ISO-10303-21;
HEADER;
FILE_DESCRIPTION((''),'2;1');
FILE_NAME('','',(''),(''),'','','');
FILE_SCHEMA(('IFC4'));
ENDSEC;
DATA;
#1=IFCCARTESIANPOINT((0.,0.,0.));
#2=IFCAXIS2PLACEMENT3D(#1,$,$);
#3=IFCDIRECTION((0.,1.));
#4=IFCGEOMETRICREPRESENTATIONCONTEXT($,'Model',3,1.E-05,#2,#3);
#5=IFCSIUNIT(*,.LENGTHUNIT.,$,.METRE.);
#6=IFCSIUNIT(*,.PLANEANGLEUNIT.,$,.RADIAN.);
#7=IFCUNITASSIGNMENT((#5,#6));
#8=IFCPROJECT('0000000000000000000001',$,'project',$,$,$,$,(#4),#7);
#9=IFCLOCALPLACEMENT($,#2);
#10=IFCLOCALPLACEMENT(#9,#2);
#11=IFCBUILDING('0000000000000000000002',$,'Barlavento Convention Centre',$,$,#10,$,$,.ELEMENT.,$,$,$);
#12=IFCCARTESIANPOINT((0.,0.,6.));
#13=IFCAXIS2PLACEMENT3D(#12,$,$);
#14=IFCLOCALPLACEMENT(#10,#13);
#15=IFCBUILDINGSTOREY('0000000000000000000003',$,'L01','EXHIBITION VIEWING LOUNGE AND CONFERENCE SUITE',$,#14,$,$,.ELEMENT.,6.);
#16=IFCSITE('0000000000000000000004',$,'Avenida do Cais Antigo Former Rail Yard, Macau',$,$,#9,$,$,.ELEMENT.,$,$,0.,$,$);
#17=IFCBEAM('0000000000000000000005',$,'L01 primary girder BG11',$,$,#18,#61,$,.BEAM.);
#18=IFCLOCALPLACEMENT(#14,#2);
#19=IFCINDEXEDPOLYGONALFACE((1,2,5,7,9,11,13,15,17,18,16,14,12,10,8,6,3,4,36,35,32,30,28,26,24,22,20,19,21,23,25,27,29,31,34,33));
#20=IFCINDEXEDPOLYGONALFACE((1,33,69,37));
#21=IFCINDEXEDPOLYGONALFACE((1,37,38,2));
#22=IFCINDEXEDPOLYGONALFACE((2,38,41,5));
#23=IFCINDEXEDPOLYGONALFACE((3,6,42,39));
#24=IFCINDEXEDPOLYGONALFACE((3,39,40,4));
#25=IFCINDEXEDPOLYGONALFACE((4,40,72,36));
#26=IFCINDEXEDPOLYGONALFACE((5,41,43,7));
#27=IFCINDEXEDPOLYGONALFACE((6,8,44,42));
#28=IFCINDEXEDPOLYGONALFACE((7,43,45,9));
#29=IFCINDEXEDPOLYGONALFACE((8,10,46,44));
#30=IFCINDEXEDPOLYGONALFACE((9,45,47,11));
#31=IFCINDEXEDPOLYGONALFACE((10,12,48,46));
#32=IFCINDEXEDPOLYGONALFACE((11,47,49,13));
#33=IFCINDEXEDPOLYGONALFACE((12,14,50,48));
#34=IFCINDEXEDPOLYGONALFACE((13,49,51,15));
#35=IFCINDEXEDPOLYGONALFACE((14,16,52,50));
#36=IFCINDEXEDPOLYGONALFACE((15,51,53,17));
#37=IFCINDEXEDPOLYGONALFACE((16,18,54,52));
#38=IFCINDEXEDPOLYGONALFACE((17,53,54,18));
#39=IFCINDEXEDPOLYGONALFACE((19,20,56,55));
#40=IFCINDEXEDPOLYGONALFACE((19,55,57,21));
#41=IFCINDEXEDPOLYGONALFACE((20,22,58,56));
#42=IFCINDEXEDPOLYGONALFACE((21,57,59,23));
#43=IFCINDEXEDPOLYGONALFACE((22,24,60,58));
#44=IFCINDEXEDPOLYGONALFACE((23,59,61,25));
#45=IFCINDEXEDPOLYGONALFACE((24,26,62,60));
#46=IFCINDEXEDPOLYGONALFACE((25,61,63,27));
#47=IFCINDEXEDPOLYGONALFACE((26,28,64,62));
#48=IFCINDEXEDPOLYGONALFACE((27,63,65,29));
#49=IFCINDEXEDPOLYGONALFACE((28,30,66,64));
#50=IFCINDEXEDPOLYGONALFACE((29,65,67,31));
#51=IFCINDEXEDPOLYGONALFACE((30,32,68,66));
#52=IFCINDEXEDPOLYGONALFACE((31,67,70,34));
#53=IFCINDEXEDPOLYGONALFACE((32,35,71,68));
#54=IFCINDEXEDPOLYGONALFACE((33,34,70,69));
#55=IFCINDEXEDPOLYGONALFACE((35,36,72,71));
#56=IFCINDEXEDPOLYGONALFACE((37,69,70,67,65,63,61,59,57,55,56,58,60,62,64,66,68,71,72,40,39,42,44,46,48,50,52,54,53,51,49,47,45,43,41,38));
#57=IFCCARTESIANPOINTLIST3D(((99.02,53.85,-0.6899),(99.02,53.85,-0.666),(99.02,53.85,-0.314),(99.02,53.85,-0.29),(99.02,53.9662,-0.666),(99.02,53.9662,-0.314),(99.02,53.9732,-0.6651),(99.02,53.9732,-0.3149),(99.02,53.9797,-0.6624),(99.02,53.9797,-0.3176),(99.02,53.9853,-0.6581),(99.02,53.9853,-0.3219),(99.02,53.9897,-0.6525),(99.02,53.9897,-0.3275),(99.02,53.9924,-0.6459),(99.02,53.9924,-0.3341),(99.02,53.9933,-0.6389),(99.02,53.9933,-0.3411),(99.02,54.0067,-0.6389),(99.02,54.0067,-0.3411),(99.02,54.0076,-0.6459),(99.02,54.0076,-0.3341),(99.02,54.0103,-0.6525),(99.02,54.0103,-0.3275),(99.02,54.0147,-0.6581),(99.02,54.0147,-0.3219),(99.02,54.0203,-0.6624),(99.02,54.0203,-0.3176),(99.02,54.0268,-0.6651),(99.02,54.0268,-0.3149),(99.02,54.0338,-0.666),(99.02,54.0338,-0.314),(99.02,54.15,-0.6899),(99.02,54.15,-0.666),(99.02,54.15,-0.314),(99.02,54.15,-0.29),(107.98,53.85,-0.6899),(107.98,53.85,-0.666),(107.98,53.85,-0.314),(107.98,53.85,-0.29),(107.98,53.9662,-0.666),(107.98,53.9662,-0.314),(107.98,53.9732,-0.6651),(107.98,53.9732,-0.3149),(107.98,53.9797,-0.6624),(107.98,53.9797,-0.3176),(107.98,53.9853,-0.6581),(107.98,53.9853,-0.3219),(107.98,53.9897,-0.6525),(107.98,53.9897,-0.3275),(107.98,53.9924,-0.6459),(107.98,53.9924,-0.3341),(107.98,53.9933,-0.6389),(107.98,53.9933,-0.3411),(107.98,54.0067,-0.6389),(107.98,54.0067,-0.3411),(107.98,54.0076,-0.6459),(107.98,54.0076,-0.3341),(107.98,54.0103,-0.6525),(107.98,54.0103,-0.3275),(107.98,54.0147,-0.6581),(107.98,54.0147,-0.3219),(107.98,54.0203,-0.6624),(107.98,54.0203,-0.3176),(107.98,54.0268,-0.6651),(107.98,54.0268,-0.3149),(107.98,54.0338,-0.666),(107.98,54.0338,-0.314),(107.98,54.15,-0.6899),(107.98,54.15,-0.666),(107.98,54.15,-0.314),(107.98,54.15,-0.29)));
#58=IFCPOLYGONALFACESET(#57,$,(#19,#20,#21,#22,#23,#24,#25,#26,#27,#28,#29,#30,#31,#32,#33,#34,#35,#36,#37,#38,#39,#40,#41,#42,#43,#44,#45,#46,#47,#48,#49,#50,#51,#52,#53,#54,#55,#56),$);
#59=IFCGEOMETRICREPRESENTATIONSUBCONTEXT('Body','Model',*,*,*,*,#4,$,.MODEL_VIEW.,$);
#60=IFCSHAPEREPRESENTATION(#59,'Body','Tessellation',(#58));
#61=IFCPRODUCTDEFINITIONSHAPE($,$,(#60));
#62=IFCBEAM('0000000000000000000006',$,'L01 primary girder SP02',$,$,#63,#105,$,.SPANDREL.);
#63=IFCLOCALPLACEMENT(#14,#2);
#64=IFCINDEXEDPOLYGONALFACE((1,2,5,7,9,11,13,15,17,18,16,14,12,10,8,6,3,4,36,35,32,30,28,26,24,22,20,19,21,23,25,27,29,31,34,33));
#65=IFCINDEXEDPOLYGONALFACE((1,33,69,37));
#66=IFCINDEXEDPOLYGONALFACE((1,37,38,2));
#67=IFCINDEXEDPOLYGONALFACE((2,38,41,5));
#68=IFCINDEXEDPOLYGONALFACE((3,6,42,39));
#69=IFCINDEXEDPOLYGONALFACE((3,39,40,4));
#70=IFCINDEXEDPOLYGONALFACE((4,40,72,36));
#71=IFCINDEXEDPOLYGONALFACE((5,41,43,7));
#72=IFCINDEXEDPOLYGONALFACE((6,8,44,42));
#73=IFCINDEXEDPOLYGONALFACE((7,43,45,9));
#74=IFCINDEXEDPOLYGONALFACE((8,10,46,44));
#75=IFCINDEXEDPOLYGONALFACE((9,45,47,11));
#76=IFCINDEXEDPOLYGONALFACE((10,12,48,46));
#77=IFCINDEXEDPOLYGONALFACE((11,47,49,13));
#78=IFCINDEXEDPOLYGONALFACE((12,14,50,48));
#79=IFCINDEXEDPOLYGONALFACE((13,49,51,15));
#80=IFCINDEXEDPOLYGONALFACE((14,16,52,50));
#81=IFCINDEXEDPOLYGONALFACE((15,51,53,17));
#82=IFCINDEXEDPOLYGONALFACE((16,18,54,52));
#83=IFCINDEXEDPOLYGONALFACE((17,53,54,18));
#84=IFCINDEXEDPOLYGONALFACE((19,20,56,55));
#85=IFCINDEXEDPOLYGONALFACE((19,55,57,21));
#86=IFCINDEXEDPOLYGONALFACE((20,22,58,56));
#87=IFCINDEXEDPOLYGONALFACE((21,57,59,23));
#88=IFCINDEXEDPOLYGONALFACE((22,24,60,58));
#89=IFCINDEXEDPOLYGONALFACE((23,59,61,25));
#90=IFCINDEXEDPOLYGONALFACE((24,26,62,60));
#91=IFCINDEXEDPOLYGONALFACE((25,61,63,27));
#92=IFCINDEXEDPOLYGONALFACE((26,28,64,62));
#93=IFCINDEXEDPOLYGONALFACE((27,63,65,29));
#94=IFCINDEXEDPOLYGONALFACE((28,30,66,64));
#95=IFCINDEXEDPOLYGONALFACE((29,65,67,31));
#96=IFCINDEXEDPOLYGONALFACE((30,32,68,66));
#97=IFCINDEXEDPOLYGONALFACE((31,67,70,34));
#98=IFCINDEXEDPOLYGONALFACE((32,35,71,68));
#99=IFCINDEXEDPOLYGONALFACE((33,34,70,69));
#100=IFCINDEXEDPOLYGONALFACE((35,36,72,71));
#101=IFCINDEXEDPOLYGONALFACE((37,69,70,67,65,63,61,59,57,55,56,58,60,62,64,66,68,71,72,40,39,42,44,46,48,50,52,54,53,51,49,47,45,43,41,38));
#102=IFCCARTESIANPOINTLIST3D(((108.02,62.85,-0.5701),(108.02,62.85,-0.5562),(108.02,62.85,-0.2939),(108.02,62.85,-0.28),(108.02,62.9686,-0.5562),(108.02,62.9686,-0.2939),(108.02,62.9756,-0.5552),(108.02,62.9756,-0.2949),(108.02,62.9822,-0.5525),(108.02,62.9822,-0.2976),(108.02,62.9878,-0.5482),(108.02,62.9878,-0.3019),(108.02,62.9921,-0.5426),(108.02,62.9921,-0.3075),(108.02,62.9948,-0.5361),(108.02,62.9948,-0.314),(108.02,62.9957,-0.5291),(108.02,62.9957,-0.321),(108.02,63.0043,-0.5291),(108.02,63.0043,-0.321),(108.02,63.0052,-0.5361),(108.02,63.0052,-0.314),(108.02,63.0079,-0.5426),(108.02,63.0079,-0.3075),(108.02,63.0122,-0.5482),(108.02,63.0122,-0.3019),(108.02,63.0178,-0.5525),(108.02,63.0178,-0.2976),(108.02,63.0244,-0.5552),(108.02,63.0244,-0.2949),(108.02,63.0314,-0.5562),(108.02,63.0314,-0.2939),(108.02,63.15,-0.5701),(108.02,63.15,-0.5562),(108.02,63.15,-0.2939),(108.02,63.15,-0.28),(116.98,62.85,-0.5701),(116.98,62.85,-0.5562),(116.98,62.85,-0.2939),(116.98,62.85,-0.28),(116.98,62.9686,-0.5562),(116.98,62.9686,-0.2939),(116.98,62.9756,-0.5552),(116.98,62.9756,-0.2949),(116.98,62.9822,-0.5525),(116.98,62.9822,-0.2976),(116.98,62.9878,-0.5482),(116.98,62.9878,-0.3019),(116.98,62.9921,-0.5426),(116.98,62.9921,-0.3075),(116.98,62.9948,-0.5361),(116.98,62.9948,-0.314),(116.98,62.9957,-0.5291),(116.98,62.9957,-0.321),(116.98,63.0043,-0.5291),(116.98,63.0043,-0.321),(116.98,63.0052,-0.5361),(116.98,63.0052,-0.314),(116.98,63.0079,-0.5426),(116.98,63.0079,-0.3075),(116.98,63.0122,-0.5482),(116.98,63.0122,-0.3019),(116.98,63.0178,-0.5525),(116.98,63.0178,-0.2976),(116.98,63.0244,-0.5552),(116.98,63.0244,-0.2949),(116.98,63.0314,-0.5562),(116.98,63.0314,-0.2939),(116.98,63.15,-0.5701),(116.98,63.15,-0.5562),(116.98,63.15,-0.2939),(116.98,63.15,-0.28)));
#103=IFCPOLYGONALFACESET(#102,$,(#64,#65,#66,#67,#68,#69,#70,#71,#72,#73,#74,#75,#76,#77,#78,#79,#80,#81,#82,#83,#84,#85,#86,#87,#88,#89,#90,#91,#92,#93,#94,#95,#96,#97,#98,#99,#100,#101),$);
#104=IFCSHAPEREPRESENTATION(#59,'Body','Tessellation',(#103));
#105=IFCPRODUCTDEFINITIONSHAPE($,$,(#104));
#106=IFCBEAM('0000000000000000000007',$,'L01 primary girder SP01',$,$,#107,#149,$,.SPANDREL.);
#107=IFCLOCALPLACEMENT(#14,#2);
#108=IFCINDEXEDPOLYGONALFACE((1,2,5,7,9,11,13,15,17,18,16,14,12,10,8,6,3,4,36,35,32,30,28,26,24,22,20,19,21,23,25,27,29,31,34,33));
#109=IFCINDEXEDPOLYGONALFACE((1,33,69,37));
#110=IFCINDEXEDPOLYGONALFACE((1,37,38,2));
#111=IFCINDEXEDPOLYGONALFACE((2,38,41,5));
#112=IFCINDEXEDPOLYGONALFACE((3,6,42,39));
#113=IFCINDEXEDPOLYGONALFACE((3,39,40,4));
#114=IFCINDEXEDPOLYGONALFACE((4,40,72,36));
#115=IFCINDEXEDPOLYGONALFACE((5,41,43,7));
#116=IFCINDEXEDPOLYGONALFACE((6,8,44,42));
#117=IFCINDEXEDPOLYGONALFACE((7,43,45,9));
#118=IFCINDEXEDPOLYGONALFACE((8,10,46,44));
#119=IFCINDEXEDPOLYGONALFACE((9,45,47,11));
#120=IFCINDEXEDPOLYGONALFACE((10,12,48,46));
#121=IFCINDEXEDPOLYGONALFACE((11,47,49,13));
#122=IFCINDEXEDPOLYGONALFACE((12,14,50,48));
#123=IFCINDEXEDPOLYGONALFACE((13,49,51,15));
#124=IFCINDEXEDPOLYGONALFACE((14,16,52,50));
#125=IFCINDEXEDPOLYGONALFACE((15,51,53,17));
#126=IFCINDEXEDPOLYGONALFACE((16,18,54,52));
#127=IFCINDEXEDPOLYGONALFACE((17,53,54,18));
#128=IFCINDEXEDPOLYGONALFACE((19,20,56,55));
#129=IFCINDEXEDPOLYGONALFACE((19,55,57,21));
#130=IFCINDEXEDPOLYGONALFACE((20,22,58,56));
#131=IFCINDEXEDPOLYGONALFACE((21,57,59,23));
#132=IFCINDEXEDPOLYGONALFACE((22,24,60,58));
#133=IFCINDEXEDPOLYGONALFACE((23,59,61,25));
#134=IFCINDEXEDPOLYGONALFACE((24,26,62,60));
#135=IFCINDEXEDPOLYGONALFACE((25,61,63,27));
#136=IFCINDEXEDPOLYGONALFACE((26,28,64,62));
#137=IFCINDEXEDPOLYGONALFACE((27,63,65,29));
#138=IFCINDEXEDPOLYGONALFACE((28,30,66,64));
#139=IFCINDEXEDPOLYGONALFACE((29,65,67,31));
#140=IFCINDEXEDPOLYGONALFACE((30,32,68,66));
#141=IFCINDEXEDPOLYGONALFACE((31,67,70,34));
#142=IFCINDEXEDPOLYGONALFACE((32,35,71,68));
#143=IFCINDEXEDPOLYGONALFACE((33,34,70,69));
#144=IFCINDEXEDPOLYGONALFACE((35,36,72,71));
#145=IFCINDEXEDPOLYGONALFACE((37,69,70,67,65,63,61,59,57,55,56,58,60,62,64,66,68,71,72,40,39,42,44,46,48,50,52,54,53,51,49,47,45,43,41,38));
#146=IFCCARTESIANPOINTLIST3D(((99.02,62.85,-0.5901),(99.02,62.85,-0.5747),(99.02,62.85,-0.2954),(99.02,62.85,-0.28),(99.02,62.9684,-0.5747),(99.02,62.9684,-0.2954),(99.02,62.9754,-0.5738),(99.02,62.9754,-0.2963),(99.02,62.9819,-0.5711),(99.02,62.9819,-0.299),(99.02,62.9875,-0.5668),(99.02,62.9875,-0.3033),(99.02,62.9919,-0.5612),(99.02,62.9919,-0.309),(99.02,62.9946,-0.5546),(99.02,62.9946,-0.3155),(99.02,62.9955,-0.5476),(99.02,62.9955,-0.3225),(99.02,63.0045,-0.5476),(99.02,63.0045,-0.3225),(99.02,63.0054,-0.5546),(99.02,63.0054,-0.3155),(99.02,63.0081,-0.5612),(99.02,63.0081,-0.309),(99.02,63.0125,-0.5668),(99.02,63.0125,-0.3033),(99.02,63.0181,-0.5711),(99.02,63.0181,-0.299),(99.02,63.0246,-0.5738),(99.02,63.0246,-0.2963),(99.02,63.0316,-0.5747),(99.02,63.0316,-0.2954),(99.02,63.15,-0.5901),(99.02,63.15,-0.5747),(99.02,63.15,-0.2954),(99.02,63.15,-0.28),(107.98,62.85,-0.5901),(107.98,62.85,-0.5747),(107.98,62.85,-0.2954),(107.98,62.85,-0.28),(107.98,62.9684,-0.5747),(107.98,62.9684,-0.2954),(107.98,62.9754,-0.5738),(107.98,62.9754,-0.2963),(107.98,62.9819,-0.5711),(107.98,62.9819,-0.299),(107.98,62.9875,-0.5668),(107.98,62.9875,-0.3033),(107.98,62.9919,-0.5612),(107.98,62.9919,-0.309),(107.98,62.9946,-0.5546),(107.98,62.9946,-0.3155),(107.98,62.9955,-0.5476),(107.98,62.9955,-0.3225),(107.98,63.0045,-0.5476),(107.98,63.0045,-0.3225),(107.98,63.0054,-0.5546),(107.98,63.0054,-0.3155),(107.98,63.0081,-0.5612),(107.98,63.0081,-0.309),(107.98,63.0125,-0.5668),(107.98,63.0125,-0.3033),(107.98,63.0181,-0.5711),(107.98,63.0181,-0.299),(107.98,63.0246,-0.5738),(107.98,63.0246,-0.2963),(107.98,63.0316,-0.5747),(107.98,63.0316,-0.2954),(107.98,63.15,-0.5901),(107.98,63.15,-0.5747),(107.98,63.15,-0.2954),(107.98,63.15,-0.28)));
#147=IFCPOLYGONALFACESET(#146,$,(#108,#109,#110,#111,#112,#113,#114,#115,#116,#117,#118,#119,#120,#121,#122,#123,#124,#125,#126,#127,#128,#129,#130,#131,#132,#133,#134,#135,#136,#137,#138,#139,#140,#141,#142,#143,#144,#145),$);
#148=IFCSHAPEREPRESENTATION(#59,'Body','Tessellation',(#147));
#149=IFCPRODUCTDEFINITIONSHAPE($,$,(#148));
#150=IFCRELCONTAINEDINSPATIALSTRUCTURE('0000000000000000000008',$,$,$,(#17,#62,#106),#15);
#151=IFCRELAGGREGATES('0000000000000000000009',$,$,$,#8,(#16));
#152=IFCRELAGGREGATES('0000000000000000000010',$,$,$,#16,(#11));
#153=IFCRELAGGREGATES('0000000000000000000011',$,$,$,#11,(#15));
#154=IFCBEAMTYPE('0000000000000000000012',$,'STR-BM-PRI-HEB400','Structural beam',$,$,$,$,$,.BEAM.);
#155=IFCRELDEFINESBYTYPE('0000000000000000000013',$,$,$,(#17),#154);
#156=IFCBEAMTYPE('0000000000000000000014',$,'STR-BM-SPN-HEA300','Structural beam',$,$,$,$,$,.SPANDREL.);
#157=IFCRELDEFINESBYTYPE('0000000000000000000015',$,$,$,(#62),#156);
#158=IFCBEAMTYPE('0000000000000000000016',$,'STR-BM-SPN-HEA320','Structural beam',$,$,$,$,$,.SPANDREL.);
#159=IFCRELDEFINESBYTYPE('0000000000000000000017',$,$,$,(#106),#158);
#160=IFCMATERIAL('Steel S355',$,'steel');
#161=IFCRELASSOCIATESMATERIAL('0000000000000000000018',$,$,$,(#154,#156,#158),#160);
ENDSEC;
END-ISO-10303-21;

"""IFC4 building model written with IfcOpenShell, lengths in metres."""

from ifc_helpers import new_model, si_unit, direction, frame, origin, origin_2d, place, context, subcontext, project, spatial, i_section, extrude, material, material_profile, profile_set, type_object, element, save


model = new_model("IFC4")

# Units and contexts
model_context = context("Model", 3, precision=1e-05, world=origin(), true_north=direction((0.0, 1.0)))
body_context = subcontext(model_context, "Body", "Model", "MODEL_VIEW")
ifc_project = project(units=[si_unit("LENGTHUNIT", "METRE"), si_unit("PLANEANGLEUNIT", "RADIAN")], contexts=[model_context])

# Site, building, storey
site_placement = place(None, origin())
site = spatial("IfcSite", under=ifc_project, at=site_placement, Name="Avenida do Cais Antigo Former Rail Yard, Macau", CompositionType="ELEMENT", RefElevation=0.0)
building_placement = place(site_placement, origin())
building = spatial("IfcBuilding", under=site, at=building_placement, Name="Barlavento Convention Centre", CompositionType="ELEMENT")
storey_placement = place(building_placement, frame((0.0, 0.0, 6.0)))
storey = spatial("IfcBuildingStorey", under=building, at=storey_placement, Name="L01", Description="EXHIBITION VIEWING LOUNGE AND CONFERENCE SUITE", CompositionType="ELEMENT", Elevation=6.0)

# Shared definitions
ifc_material_1 = material(Name="Steel S355", Category="steel")

# Beams
ifc_material_profile_1 = material_profile(ifc_material_1, i_section(OverallWidth=0.3, OverallDepth=0.3999, WebThickness=0.0134, FlangeThickness=0.0239, FilletRadius=0.0271, at=origin_2d()), Name="HEB 400")
ifc_profile_set_1 = profile_set([ifc_material_profile_1], Name="Steel S355")
beam_type_1 = type_object("IfcBeamType", Name="STR-BM-PRI-HEB400", Description="Structural beam", PredefinedType="BEAM", material=ifc_profile_set_1)
beam_1_placement = place(storey_placement, frame((99.02, 54.0, -0.49), z_axis=(1.0, 0.0, 0.0), x_axis=(0.0, 1.0, 0.0)))
element("IfcBeam", 1, at=beam_1_placement, inside=storey, type_object=beam_type_1, Name="L01 primary girder BG11", PredefinedType="BEAM", context=body_context, shape_type="SweptSolid", body=[
    extrude(i_section(OverallWidth=0.3, OverallDepth=0.3999, WebThickness=0.0134, FlangeThickness=0.0239, FilletRadius=0.0271, at=origin_2d()), origin(), (0.0, 0.0, 1.0), 8.96),
])
ifc_material_profile_2 = material_profile(ifc_material_1, i_section(OverallWidth=0.3, OverallDepth=0.29, WebThickness=0.0085, FlangeThickness=0.0139, FilletRadius=0.0271, at=origin_2d()), Name="HEA 300")
ifc_profile_set_2 = profile_set([ifc_material_profile_2], Name="Steel S355")
beam_type_2 = type_object("IfcBeamType", Name="STR-BM-SPN-HEA300", Description="Structural beam", PredefinedType="SPANDREL", material=ifc_profile_set_2)
beam_2_placement = place(storey_placement, frame((108.02, 63.0, -0.425), z_axis=(1.0, 0.0, 0.0), x_axis=(0.0, 1.0, 0.0)))
element("IfcBeam", 2, at=beam_2_placement, inside=storey, type_object=beam_type_2, Name="L01 primary girder SP02", PredefinedType="SPANDREL", context=body_context, shape_type="SweptSolid", body=[
    extrude(i_section(OverallWidth=0.3, OverallDepth=0.29, WebThickness=0.0085, FlangeThickness=0.0139, FilletRadius=0.0271, at=origin_2d()), origin(), (0.0, 0.0, 1.0), 8.96),
])
ifc_material_profile_3 = material_profile(ifc_material_1, i_section(OverallWidth=0.3, OverallDepth=0.3101, WebThickness=0.009, FlangeThickness=0.0154, FilletRadius=0.0271, at=origin_2d()), Name="HEA 320")
ifc_profile_set_3 = profile_set([ifc_material_profile_3], Name="Steel S355")
beam_type_3 = type_object("IfcBeamType", Name="STR-BM-SPN-HEA320", Description="Structural beam", PredefinedType="SPANDREL", material=ifc_profile_set_3)
beam_3_placement = place(storey_placement, frame((99.02, 63.0, -0.4351), z_axis=(1.0, 0.0, 0.0), x_axis=(0.0, 1.0, 0.0)))
element("IfcBeam", 3, at=beam_3_placement, inside=storey, type_object=beam_type_3, Name="L01 primary girder SP01", PredefinedType="SPANDREL", context=body_context, shape_type="SweptSolid", body=[
    extrude(i_section(OverallWidth=0.3, OverallDepth=0.3101, WebThickness=0.009, FlangeThickness=0.0154, FilletRadius=0.0271, at=origin_2d()), origin(), (0.0, 0.0, 1.0), 8.96),
])

save(model, "model.ifc")
